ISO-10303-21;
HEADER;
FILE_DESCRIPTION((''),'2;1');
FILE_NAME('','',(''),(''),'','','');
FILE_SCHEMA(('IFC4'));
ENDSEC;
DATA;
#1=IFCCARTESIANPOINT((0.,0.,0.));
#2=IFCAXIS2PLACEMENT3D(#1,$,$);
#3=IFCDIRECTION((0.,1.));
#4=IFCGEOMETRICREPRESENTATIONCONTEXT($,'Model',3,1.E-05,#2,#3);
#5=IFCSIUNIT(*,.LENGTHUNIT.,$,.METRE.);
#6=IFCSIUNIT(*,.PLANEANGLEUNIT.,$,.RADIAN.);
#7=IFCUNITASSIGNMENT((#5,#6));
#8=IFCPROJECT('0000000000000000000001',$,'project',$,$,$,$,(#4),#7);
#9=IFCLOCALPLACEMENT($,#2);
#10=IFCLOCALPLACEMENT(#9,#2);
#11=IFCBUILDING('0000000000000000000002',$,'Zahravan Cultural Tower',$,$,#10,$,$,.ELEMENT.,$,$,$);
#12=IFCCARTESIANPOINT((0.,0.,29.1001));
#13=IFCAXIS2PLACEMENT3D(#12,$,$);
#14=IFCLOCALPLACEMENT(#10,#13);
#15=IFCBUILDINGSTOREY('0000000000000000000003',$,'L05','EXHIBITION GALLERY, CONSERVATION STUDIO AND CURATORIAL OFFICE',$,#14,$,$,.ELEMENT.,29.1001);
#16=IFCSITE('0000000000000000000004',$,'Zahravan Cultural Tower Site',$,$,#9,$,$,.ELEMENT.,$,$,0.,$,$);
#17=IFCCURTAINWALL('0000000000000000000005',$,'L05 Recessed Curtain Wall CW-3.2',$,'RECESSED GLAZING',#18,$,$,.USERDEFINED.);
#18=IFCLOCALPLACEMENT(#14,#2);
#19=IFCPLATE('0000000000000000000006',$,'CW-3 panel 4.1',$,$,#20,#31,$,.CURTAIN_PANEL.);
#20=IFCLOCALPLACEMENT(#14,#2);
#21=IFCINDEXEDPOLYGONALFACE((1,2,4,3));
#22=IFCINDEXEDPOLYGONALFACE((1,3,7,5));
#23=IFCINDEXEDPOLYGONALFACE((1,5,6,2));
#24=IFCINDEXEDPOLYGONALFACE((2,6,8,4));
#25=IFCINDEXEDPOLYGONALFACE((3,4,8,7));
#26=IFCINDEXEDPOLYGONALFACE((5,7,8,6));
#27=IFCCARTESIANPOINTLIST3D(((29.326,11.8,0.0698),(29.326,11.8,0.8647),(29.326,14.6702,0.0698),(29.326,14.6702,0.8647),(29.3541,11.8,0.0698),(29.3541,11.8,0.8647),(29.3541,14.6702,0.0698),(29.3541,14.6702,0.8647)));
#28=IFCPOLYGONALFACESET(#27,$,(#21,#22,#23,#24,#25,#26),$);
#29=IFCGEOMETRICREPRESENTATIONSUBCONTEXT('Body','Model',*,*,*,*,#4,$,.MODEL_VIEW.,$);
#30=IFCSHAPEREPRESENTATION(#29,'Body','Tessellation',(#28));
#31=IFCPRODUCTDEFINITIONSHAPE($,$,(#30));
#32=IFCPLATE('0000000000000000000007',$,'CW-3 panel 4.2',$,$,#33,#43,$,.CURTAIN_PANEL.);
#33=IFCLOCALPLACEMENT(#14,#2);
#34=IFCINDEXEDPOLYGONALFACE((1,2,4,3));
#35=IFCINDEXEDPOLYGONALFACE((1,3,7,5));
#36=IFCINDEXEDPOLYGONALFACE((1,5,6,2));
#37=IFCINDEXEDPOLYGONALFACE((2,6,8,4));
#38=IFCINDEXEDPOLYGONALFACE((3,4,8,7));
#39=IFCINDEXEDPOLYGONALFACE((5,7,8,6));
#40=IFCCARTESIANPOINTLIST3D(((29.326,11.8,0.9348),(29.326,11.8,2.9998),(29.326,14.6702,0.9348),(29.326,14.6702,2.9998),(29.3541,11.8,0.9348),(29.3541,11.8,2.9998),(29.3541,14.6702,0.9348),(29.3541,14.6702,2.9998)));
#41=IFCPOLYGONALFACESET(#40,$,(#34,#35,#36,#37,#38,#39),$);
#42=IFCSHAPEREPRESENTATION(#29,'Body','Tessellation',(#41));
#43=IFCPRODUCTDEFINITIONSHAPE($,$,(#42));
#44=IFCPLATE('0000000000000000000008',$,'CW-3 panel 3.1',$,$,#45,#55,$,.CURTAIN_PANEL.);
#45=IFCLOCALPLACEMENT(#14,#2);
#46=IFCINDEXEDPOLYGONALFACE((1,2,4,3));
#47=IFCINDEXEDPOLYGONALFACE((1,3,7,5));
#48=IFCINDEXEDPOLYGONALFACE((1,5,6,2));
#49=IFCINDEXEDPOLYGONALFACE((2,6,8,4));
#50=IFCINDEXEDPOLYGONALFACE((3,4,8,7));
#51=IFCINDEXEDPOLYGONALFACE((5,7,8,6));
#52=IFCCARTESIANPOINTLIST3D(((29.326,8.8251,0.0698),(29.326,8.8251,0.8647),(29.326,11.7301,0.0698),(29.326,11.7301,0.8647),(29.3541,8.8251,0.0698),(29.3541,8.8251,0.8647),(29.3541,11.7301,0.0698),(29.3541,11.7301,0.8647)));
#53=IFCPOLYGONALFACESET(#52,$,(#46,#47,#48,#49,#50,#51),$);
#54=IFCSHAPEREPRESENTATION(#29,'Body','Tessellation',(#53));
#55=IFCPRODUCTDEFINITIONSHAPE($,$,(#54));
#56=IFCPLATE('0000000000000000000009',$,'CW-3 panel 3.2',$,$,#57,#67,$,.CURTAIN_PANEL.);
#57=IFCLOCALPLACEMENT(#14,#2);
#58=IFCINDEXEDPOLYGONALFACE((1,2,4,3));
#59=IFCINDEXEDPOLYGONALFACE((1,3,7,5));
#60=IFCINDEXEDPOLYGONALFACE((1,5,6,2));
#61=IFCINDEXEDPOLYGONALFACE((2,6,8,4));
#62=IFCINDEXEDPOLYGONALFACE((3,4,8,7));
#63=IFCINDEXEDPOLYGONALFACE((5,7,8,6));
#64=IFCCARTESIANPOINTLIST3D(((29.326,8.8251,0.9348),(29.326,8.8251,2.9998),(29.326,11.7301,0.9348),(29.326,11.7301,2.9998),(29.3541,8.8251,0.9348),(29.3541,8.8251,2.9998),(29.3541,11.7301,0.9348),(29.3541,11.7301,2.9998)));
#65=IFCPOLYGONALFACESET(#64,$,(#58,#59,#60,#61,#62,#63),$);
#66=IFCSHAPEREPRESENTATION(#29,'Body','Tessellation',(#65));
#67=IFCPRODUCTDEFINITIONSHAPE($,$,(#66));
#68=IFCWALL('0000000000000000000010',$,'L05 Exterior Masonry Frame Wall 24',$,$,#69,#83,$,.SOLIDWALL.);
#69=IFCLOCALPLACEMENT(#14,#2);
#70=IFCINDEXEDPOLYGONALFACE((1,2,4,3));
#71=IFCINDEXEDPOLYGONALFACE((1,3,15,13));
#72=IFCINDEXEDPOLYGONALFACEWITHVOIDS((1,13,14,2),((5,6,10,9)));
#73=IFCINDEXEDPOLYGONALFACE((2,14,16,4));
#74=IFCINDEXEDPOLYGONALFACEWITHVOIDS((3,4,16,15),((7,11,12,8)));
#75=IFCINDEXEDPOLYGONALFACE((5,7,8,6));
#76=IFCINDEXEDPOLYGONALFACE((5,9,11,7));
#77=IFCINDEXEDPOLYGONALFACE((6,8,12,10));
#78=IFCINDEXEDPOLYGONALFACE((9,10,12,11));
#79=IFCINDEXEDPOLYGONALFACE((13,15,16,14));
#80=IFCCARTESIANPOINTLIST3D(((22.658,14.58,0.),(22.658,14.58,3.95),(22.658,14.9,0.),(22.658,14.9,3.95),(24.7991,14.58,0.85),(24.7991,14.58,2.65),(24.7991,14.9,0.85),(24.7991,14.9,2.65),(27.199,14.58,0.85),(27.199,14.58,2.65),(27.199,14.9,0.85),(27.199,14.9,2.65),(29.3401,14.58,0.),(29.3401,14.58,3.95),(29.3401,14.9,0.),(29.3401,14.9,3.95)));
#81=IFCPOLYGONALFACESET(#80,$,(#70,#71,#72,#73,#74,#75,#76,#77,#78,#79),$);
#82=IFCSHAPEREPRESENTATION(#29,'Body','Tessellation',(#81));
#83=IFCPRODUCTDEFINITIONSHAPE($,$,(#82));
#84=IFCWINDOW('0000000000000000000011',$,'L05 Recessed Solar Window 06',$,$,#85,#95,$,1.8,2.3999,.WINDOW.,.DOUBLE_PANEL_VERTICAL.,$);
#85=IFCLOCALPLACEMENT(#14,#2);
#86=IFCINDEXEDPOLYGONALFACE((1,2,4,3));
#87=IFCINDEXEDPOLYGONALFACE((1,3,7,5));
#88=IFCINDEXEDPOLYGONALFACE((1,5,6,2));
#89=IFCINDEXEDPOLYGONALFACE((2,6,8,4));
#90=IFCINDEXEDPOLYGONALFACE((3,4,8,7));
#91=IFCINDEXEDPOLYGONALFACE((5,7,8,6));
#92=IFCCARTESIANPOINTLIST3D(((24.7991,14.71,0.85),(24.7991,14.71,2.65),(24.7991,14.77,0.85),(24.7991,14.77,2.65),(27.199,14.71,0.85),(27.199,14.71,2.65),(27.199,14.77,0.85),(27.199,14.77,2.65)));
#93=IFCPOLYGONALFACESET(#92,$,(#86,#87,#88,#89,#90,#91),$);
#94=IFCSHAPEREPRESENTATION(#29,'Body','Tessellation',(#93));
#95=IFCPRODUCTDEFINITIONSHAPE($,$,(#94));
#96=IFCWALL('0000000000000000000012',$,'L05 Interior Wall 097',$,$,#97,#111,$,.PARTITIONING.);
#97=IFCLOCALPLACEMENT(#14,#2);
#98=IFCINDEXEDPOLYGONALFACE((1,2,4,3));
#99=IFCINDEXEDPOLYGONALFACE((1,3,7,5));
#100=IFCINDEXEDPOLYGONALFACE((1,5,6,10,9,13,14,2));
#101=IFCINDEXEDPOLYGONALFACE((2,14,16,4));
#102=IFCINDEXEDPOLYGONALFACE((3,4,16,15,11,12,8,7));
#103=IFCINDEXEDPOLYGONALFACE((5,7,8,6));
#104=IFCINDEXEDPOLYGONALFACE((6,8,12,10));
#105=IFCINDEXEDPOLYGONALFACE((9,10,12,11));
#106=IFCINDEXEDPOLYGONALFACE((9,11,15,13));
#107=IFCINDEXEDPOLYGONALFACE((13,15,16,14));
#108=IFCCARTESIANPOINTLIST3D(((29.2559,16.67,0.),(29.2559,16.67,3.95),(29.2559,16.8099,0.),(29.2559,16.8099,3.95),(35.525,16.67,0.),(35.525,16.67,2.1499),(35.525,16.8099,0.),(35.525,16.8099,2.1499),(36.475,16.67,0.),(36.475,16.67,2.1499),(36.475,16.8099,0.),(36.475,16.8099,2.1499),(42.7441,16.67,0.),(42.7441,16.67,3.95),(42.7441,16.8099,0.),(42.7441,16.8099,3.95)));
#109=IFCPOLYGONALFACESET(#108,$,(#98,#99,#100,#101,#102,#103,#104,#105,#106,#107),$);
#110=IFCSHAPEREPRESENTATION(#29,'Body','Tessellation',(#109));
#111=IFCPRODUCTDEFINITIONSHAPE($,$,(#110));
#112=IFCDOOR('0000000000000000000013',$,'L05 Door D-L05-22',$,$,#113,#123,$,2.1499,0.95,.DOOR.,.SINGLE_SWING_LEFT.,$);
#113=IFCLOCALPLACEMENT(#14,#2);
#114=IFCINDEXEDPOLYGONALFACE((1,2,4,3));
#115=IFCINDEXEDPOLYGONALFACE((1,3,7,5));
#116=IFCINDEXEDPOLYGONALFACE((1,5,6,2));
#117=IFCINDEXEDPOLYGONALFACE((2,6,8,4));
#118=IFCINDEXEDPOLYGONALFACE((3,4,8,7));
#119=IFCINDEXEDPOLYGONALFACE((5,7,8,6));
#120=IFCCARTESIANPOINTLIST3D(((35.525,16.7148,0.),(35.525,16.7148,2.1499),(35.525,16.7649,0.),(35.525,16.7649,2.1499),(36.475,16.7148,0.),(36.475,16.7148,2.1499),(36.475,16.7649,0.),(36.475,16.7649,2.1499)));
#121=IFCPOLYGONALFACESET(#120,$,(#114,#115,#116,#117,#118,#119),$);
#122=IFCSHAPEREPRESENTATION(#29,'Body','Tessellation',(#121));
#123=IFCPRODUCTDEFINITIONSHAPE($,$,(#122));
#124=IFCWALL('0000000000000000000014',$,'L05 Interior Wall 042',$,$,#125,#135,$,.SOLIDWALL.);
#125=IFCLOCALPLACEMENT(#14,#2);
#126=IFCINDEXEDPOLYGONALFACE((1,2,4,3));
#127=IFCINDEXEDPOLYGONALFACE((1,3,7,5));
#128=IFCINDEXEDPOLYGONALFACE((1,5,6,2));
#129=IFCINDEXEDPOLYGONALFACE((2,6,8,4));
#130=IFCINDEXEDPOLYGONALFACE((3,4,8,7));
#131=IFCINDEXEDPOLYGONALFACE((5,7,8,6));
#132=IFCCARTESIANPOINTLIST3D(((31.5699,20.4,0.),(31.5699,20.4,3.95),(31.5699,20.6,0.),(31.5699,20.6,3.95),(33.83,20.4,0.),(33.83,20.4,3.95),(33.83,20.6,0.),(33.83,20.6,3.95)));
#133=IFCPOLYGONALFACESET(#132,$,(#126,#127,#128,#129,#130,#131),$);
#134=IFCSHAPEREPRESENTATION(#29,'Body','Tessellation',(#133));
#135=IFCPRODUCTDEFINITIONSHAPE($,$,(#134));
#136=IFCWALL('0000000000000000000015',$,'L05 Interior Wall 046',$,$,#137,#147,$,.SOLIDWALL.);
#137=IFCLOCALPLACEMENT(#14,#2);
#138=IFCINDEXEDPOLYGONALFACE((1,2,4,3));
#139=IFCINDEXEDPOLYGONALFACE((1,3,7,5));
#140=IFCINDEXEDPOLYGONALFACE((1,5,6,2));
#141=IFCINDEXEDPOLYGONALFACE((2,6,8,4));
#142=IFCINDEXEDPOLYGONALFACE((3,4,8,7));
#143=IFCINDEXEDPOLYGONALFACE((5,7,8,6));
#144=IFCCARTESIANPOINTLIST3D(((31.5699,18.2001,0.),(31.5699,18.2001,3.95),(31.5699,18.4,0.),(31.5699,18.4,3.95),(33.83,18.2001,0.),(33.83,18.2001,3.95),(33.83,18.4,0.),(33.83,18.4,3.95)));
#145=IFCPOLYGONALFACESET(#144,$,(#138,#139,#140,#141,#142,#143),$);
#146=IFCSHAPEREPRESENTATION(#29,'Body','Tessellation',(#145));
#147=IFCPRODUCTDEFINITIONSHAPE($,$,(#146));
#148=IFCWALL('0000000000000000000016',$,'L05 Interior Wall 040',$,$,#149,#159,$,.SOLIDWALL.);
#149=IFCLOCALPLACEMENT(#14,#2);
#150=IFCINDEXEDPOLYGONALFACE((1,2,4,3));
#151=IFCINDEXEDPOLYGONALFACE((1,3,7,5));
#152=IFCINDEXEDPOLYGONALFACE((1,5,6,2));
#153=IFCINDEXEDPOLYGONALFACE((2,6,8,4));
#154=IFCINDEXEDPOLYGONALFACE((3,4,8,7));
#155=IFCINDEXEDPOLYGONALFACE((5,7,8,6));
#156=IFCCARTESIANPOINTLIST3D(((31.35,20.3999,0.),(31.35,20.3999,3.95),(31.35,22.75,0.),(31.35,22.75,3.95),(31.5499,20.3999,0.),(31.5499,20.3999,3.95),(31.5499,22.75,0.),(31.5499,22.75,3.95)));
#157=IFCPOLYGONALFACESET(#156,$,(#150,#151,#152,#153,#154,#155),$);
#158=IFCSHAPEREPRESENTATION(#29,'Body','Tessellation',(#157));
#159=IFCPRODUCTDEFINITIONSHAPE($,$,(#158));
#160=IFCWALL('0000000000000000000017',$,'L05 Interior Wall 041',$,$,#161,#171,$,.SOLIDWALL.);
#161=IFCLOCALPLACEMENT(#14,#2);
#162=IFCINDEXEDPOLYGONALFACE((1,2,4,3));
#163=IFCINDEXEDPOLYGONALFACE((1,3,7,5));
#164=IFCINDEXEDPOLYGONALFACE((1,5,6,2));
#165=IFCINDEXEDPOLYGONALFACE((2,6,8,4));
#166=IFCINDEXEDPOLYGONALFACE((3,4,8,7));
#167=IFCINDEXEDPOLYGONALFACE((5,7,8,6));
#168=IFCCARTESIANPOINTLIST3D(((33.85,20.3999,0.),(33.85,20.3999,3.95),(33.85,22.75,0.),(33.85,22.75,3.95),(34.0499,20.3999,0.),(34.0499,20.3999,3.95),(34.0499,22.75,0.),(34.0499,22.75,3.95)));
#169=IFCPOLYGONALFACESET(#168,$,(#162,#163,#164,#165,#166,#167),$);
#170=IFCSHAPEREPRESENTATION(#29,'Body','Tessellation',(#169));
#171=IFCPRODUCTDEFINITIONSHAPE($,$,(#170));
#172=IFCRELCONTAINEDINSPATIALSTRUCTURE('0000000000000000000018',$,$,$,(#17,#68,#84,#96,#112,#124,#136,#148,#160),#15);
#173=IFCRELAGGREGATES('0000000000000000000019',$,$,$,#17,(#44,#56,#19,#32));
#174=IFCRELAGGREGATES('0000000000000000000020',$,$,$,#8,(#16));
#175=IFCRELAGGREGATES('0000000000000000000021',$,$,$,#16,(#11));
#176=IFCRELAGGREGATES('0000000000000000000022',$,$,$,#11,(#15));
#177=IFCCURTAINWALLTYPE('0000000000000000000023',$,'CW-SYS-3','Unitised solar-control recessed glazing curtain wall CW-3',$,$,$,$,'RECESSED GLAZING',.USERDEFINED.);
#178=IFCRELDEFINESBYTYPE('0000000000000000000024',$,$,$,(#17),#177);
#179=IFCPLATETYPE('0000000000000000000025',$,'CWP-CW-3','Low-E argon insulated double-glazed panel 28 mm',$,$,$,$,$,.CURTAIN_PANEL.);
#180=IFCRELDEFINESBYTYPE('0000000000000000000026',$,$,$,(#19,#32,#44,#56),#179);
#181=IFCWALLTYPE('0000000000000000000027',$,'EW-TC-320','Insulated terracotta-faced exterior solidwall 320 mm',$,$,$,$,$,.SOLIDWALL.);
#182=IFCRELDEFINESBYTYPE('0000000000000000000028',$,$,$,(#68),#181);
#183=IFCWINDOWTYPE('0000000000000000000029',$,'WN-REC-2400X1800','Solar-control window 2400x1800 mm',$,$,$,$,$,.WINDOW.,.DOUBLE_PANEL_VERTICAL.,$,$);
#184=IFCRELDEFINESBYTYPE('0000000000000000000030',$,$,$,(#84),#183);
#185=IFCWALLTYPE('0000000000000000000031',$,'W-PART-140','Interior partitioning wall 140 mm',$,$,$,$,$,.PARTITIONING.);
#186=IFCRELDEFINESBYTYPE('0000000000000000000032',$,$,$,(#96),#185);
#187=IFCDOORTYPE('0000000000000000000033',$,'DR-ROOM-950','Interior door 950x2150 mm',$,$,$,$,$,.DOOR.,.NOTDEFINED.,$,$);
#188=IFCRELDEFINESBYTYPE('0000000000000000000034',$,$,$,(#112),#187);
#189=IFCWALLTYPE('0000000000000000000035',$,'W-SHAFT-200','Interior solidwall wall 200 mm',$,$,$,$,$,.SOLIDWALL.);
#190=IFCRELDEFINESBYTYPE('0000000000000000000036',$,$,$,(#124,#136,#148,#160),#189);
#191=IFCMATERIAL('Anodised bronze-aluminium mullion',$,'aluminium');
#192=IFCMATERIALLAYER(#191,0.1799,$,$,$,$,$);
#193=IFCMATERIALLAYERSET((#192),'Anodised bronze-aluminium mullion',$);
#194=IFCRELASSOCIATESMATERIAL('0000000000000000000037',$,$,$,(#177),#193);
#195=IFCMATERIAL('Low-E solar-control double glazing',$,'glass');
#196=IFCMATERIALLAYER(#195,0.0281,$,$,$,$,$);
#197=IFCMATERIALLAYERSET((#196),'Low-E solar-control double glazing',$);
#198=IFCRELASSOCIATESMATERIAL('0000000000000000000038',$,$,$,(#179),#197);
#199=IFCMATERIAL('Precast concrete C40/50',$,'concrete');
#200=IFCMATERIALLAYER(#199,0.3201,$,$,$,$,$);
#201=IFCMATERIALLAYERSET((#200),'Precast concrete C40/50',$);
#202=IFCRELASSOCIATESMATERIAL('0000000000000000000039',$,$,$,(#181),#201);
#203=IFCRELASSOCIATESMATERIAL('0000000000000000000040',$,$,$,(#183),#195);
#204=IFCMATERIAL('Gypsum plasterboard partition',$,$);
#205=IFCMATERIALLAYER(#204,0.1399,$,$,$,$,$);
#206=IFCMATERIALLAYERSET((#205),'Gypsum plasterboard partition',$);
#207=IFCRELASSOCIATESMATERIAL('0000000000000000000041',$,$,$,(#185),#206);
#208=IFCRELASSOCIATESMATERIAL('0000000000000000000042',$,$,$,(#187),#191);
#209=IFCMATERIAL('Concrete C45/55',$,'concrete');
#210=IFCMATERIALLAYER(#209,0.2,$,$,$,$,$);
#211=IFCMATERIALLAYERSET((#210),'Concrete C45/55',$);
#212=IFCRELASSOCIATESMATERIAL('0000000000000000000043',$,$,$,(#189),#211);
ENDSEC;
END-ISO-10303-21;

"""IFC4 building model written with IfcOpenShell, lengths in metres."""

from ifc_helpers import new_model, si_unit, direction, frame, frame_2d, origin, origin_2d, place, context, subcontext, project, spatial, rectangle, extrude, source, transform, mapped, material, layer, layer_set, type_object, element, fill, aggregate, save


model = new_model("IFC4")

# Units and contexts
model_context = context("Model", 3, precision=1e-05, world=origin(), true_north=direction((0.0, 1.0)))
body_context = subcontext(model_context, "Body", "Model", "MODEL_VIEW")
ifc_project = project(units=[si_unit("LENGTHUNIT", "METRE"), si_unit("PLANEANGLEUNIT", "RADIAN")], contexts=[model_context])

# Site, building, storey
site_placement = place(None, origin())
site = spatial("IfcSite", under=ifc_project, at=site_placement, Name="Zahravan Cultural Tower Site", CompositionType="ELEMENT", RefElevation=0.0)
building_placement = place(site_placement, origin())
building = spatial("IfcBuilding", under=site, at=building_placement, Name="Zahravan Cultural Tower", CompositionType="ELEMENT")
storey_placement = place(building_placement, frame((0.0, 0.0, 29.1001)))
storey = spatial("IfcBuildingStorey", under=building, at=storey_placement, Name="L05", Description="EXHIBITION GALLERY, CONSERVATION STUDIO AND CURATORIAL OFFICE", CompositionType="ELEMENT", Elevation=29.1001)

# Curtain wall
ifc_material_1 = material(Name="Anodised bronze-aluminium mullion", Category="aluminium")
ifc_layer_1 = layer(ifc_material_1, 0.1799)
ifc_layer_set_1 = layer_set([ifc_layer_1], Name="Anodised bronze-aluminium mullion")
curtain_wall_type = type_object("IfcCurtainWallType", Name="CW-SYS-3", Description="Unitised solar-control recessed glazing curtain wall CW-3", ElementType="RECESSED GLAZING", PredefinedType="USERDEFINED", material=ifc_layer_set_1)
curtain_wall_placement = place(storey_placement, origin())
curtain_wall = element("IfcCurtainWall", 1, at=curtain_wall_placement, inside=storey, type_object=curtain_wall_type, Name="L05 Recessed Curtain Wall CW-3.2", ObjectType="RECESSED GLAZING", PredefinedType="USERDEFINED")

# Plates
ifc_material_2 = material(Name="Low-E solar-control double glazing", Category="glass")
ifc_layer_2 = layer(ifc_material_2, 0.0281)
ifc_layer_set_2 = layer_set([ifc_layer_2], Name="Low-E solar-control double glazing")
plate_type_1 = type_object("IfcPlateType", Name="CWP-CW-3", Description="Low-E argon insulated double-glazed panel 28 mm", PredefinedType="CURTAIN_PANEL", material=ifc_layer_set_2)
shared_shape_1 = source(origin(), body_context, "Body", "SweptSolid", [
    extrude(rectangle(XDim=2.8701, YDim=0.0281, at=origin_2d()), origin(), (0.0, 0.0, 1.0), 0.7949),
])
plate_1_placement = place(storey_placement, frame((29.3401, 13.2351, 0.0698), z_axis=(0.0, 0.0, 1.0), x_axis=(0.0, 1.0, 0.0)))
plate_1 = element("IfcPlate", 2, at=plate_1_placement, type_object=plate_type_1, Name="CW-3 panel 4.1", PredefinedType="CURTAIN_PANEL", context=body_context, shape_type="MappedRepresentation", body=[
    mapped(shared_shape_1, transform((0.0, 0.0, 0.0), x_axis=(1.0, 0.0, 0.0), y_axis=(0.0, 1.0, 0.0), z_axis=(0.0, 0.0, 1.0), scale=1.0)),
])
shared_shape_2 = source(origin(), body_context, "Body", "SweptSolid", [
    extrude(rectangle(XDim=2.8701, YDim=0.0281, at=origin_2d()), origin(), (0.0, 0.0, 1.0), 2.0649),
])
plate_2_placement = place(storey_placement, frame((29.3401, 13.2351, 0.9348), z_axis=(0.0, 0.0, 1.0), x_axis=(0.0, 1.0, 0.0)))
plate_2 = element("IfcPlate", 3, at=plate_2_placement, type_object=plate_type_1, Name="CW-3 panel 4.2", PredefinedType="CURTAIN_PANEL", context=body_context, shape_type="MappedRepresentation", body=[
    mapped(shared_shape_2, transform((0.0, 0.0, 0.0), x_axis=(1.0, 0.0, 0.0), y_axis=(0.0, 1.0, 0.0), z_axis=(0.0, 0.0, 1.0), scale=1.0)),
])
shared_shape_3 = source(origin(), body_context, "Body", "SweptSolid", [
    extrude(rectangle(XDim=2.905, YDim=0.0281, at=origin_2d()), origin(), (0.0, 0.0, 1.0), 0.7949),
])
plate_3_placement = place(storey_placement, frame((29.3401, 10.2776, 0.0698), z_axis=(0.0, 0.0, 1.0), x_axis=(0.0, 1.0, 0.0)))
plate_3 = element("IfcPlate", 4, at=plate_3_placement, type_object=plate_type_1, Name="CW-3 panel 3.1", PredefinedType="CURTAIN_PANEL", context=body_context, shape_type="MappedRepresentation", body=[
    mapped(shared_shape_3, transform((0.0, 0.0, 0.0), x_axis=(1.0, 0.0, 0.0), y_axis=(0.0, 1.0, 0.0), z_axis=(0.0, 0.0, 1.0), scale=1.0)),
])
shared_shape_4 = source(origin(), body_context, "Body", "SweptSolid", [
    extrude(rectangle(XDim=2.905, YDim=0.0281, at=origin_2d()), origin(), (0.0, 0.0, 1.0), 2.0649),
])
plate_4_placement = place(storey_placement, frame((29.3401, 10.2776, 0.9348), z_axis=(0.0, 0.0, 1.0), x_axis=(0.0, 1.0, 0.0)))
plate_4 = element("IfcPlate", 5, at=plate_4_placement, type_object=plate_type_1, Name="CW-3 panel 3.2", PredefinedType="CURTAIN_PANEL", context=body_context, shape_type="MappedRepresentation", body=[
    mapped(shared_shape_4, transform((0.0, 0.0, 0.0), x_axis=(1.0, 0.0, 0.0), y_axis=(0.0, 1.0, 0.0), z_axis=(0.0, 0.0, 1.0), scale=1.0)),
])
aggregate(curtain_wall, [plate_3, plate_4, plate_1, plate_2])

# Wall, opening, window
ifc_material_3 = material(Name="Precast concrete C40/50", Category="concrete")
ifc_layer_3 = layer(ifc_material_3, 0.3201)
ifc_layer_set_3 = layer_set([ifc_layer_3], Name="Precast concrete C40/50")
wall_type_1 = type_object("IfcWallType", Name="EW-TC-320", Description="Insulated terracotta-faced exterior solidwall 320 mm", PredefinedType="SOLIDWALL", material=ifc_layer_set_3)
wall_1_placement = place(storey_placement, frame((29.3401, 14.74, 0.0), z_axis=(0.0, 0.0, 1.0), x_axis=(-1.0, 0.0, 0.0)))
wall_1 = element("IfcWall", 6, at=wall_1_placement, inside=storey, type_object=wall_type_1, Name="L05 Exterior Masonry Frame Wall 24", PredefinedType="SOLIDWALL", context=body_context, shape_type="SweptSolid", body=[
    extrude(rectangle(XDim=6.6821, YDim=0.3201, at=frame_2d((3.3411, 0.0))), origin(), (0.0, 0.0, 1.0), 3.95),
])
opening_1_placement = place(wall_1_placement, frame((2.1411, 0.0, 0.8501)))
opening_1 = element("IfcOpeningElement", 7, at=opening_1_placement, cuts=wall_1, PredefinedType="OPENING", context=body_context, shape_type="SweptSolid", body=[
    extrude(rectangle(XDim=2.3999, YDim=1.8, at=frame_2d((1.2, 0.8999))), frame((0.0, 0.1699, 0.0), z_axis=(0.0, -1.0, 0.0), x_axis=(1.0, 0.0, 0.0)), (0.0, 0.0, 1.0), 0.3401),
])
window_type = type_object("IfcWindowType", Name="WN-REC-2400X1800", Description="Solar-control window 2400x1800 mm", PartitioningType="DOUBLE_PANEL_VERTICAL", PredefinedType="WINDOW", material=ifc_material_2)
shared_shape_5 = source(origin(), body_context, "Body", "SweptSolid", [
    extrude(rectangle(XDim=2.3999, YDim=1.8, at=frame_2d((1.2, 0.8999))), frame((0.0, 0.03, 0.0), z_axis=(0.0, -1.0, 0.0), x_axis=(1.0, 0.0, 0.0)), (0.0, 0.0, 1.0), 0.0601),
])
window_placement = place(opening_1_placement, origin())
window = element("IfcWindow", 8, at=window_placement, inside=storey, type_object=window_type, Name="L05 Recessed Solar Window 06", OverallHeight=1.8, OverallWidth=2.3999, PartitioningType="DOUBLE_PANEL_VERTICAL", PredefinedType="WINDOW", context=body_context, shape_type="MappedRepresentation", body=[
    mapped(shared_shape_5, transform((0.0, 0.0, 0.0), x_axis=(1.0, 0.0, 0.0), y_axis=(0.0, 1.0, 0.0), z_axis=(0.0, 0.0, 1.0), scale=1.0)),
])
fill(opening_1, window)

# Wall, opening, door
ifc_material_4 = material(Name="Gypsum plasterboard partition")
ifc_layer_4 = layer(ifc_material_4, 0.1399)
ifc_layer_set_4 = layer_set([ifc_layer_4], Name="Gypsum plasterboard partition")
wall_type_2 = type_object("IfcWallType", Name="W-PART-140", Description="Interior partitioning wall 140 mm", PredefinedType="PARTITIONING", material=ifc_layer_set_4)
wall_2_placement = place(storey_placement, frame((29.2559, 16.74, 0.0), z_axis=(0.0, 0.0, 1.0), x_axis=(1.0, 0.0, 0.0)))
wall_2 = element("IfcWall", 9, at=wall_2_placement, inside=storey, type_object=wall_type_2, Name="L05 Interior Wall 097", PredefinedType="PARTITIONING", context=body_context, shape_type="SweptSolid", body=[
    extrude(rectangle(XDim=13.4883, YDim=0.1399, at=frame_2d((6.7441, 0.0))), origin(), (0.0, 0.0, 1.0), 3.95),
])
opening_2_placement = place(wall_2_placement, frame((6.269, 0.0, 0.0)))
opening_2 = element("IfcOpeningElement", 10, at=opening_2_placement, cuts=wall_2, PredefinedType="OPENING", context=body_context, shape_type="SweptSolid", body=[
    extrude(rectangle(XDim=0.95, YDim=2.1499, at=frame_2d((0.4751, 1.075))), frame((0.0, 0.0798, 0.0), z_axis=(0.0, -1.0, 0.0), x_axis=(1.0, 0.0, 0.0)), (0.0, 0.0, 1.0), 0.1599),
])
door_type = type_object("IfcDoorType", Name="DR-ROOM-950", Description="Interior door 950x2150 mm", OperationType="NOTDEFINED", PredefinedType="DOOR", material=ifc_material_1)
shared_shape_6 = source(origin(), body_context, "Body", "SweptSolid", [
    extrude(rectangle(XDim=0.95, YDim=2.1499, at=frame_2d((0.4751, 1.075))), frame((0.0, 0.0249, 0.0), z_axis=(0.0, -1.0, 0.0), x_axis=(1.0, 0.0, 0.0)), (0.0, 0.0, 1.0), 0.05),
])
door_placement = place(opening_2_placement, origin())
door = element("IfcDoor", 11, at=door_placement, inside=storey, type_object=door_type, Name="L05 Door D-L05-22", OperationType="SINGLE_SWING_LEFT", OverallHeight=2.1499, OverallWidth=0.95, PredefinedType="DOOR", context=body_context, shape_type="MappedRepresentation", body=[
    mapped(shared_shape_6, transform((0.0, 0.0, 0.0), x_axis=(1.0, 0.0, 0.0), y_axis=(0.0, 1.0, 0.0), z_axis=(0.0, 0.0, 1.0), scale=1.0)),
])
fill(opening_2, door)

# Walls
ifc_material_5 = material(Name="Concrete C45/55", Category="concrete")
ifc_layer_5 = layer(ifc_material_5, 0.2)
ifc_layer_set_5 = layer_set([ifc_layer_5], Name="Concrete C45/55")
wall_type_3 = type_object("IfcWallType", Name="W-SHAFT-200", Description="Interior solidwall wall 200 mm", PredefinedType="SOLIDWALL", material=ifc_layer_set_5)
shared_shape_7 = source(origin(), body_context, "Body", "SweptSolid", [
    extrude(rectangle(XDim=2.26, YDim=0.2, at=frame_2d((1.1299, 0.0))), origin(), (0.0, 0.0, 1.0), 3.95),
])
for number, where, z_axis, x_axis, name in (
    (12, (31.5701, 20.5, 0.0), (0.0, 0.0, 1.0), (1.0, 0.0, 0.0), "L05 Interior Wall 042"),
    (13, (31.5701, 18.3, 0.0), (0.0, 0.0, 1.0), (1.0, 0.0, 0.0), "L05 Interior Wall 046"),
):
    element("IfcWall", number, at=place(storey_placement, frame(where, z_axis=z_axis, x_axis=x_axis)), inside=storey, type_object=wall_type_3, Name=name, PredefinedType="SOLIDWALL", context=body_context, shape_type="MappedRepresentation", body=[
        mapped(shared_shape_7, transform((0.0, 0.0, 0.0), x_axis=(1.0, 0.0, 0.0), y_axis=(0.0, 1.0, 0.0), z_axis=(0.0, 0.0, 1.0), scale=1.0)),
    ])
shared_shape_8 = source(origin(), body_context, "Body", "SweptSolid", [
    extrude(rectangle(XDim=2.3501, YDim=0.2, at=frame_2d((1.175, 0.0))), origin(), (0.0, 0.0, 1.0), 3.95),
])
for number, where, z_axis, x_axis, name in (
    (14, (31.45, 20.3999, 0.0), (0.0, 0.0, 1.0), (0.0, 1.0, 0.0), "L05 Interior Wall 040"),
    (15, (33.95, 20.3999, 0.0), (0.0, 0.0, 1.0), (0.0, 1.0, 0.0), "L05 Interior Wall 041"),
):
    element("IfcWall", number, at=place(storey_placement, frame(where, z_axis=z_axis, x_axis=x_axis)), inside=storey, type_object=wall_type_3, Name=name, PredefinedType="SOLIDWALL", context=body_context, shape_type="MappedRepresentation", body=[
        mapped(shared_shape_8, transform((0.0, 0.0, 0.0), x_axis=(1.0, 0.0, 0.0), y_axis=(0.0, 1.0, 0.0), z_axis=(0.0, 0.0, 1.0), scale=1.0)),
    ])

save(model, "model.ifc")
